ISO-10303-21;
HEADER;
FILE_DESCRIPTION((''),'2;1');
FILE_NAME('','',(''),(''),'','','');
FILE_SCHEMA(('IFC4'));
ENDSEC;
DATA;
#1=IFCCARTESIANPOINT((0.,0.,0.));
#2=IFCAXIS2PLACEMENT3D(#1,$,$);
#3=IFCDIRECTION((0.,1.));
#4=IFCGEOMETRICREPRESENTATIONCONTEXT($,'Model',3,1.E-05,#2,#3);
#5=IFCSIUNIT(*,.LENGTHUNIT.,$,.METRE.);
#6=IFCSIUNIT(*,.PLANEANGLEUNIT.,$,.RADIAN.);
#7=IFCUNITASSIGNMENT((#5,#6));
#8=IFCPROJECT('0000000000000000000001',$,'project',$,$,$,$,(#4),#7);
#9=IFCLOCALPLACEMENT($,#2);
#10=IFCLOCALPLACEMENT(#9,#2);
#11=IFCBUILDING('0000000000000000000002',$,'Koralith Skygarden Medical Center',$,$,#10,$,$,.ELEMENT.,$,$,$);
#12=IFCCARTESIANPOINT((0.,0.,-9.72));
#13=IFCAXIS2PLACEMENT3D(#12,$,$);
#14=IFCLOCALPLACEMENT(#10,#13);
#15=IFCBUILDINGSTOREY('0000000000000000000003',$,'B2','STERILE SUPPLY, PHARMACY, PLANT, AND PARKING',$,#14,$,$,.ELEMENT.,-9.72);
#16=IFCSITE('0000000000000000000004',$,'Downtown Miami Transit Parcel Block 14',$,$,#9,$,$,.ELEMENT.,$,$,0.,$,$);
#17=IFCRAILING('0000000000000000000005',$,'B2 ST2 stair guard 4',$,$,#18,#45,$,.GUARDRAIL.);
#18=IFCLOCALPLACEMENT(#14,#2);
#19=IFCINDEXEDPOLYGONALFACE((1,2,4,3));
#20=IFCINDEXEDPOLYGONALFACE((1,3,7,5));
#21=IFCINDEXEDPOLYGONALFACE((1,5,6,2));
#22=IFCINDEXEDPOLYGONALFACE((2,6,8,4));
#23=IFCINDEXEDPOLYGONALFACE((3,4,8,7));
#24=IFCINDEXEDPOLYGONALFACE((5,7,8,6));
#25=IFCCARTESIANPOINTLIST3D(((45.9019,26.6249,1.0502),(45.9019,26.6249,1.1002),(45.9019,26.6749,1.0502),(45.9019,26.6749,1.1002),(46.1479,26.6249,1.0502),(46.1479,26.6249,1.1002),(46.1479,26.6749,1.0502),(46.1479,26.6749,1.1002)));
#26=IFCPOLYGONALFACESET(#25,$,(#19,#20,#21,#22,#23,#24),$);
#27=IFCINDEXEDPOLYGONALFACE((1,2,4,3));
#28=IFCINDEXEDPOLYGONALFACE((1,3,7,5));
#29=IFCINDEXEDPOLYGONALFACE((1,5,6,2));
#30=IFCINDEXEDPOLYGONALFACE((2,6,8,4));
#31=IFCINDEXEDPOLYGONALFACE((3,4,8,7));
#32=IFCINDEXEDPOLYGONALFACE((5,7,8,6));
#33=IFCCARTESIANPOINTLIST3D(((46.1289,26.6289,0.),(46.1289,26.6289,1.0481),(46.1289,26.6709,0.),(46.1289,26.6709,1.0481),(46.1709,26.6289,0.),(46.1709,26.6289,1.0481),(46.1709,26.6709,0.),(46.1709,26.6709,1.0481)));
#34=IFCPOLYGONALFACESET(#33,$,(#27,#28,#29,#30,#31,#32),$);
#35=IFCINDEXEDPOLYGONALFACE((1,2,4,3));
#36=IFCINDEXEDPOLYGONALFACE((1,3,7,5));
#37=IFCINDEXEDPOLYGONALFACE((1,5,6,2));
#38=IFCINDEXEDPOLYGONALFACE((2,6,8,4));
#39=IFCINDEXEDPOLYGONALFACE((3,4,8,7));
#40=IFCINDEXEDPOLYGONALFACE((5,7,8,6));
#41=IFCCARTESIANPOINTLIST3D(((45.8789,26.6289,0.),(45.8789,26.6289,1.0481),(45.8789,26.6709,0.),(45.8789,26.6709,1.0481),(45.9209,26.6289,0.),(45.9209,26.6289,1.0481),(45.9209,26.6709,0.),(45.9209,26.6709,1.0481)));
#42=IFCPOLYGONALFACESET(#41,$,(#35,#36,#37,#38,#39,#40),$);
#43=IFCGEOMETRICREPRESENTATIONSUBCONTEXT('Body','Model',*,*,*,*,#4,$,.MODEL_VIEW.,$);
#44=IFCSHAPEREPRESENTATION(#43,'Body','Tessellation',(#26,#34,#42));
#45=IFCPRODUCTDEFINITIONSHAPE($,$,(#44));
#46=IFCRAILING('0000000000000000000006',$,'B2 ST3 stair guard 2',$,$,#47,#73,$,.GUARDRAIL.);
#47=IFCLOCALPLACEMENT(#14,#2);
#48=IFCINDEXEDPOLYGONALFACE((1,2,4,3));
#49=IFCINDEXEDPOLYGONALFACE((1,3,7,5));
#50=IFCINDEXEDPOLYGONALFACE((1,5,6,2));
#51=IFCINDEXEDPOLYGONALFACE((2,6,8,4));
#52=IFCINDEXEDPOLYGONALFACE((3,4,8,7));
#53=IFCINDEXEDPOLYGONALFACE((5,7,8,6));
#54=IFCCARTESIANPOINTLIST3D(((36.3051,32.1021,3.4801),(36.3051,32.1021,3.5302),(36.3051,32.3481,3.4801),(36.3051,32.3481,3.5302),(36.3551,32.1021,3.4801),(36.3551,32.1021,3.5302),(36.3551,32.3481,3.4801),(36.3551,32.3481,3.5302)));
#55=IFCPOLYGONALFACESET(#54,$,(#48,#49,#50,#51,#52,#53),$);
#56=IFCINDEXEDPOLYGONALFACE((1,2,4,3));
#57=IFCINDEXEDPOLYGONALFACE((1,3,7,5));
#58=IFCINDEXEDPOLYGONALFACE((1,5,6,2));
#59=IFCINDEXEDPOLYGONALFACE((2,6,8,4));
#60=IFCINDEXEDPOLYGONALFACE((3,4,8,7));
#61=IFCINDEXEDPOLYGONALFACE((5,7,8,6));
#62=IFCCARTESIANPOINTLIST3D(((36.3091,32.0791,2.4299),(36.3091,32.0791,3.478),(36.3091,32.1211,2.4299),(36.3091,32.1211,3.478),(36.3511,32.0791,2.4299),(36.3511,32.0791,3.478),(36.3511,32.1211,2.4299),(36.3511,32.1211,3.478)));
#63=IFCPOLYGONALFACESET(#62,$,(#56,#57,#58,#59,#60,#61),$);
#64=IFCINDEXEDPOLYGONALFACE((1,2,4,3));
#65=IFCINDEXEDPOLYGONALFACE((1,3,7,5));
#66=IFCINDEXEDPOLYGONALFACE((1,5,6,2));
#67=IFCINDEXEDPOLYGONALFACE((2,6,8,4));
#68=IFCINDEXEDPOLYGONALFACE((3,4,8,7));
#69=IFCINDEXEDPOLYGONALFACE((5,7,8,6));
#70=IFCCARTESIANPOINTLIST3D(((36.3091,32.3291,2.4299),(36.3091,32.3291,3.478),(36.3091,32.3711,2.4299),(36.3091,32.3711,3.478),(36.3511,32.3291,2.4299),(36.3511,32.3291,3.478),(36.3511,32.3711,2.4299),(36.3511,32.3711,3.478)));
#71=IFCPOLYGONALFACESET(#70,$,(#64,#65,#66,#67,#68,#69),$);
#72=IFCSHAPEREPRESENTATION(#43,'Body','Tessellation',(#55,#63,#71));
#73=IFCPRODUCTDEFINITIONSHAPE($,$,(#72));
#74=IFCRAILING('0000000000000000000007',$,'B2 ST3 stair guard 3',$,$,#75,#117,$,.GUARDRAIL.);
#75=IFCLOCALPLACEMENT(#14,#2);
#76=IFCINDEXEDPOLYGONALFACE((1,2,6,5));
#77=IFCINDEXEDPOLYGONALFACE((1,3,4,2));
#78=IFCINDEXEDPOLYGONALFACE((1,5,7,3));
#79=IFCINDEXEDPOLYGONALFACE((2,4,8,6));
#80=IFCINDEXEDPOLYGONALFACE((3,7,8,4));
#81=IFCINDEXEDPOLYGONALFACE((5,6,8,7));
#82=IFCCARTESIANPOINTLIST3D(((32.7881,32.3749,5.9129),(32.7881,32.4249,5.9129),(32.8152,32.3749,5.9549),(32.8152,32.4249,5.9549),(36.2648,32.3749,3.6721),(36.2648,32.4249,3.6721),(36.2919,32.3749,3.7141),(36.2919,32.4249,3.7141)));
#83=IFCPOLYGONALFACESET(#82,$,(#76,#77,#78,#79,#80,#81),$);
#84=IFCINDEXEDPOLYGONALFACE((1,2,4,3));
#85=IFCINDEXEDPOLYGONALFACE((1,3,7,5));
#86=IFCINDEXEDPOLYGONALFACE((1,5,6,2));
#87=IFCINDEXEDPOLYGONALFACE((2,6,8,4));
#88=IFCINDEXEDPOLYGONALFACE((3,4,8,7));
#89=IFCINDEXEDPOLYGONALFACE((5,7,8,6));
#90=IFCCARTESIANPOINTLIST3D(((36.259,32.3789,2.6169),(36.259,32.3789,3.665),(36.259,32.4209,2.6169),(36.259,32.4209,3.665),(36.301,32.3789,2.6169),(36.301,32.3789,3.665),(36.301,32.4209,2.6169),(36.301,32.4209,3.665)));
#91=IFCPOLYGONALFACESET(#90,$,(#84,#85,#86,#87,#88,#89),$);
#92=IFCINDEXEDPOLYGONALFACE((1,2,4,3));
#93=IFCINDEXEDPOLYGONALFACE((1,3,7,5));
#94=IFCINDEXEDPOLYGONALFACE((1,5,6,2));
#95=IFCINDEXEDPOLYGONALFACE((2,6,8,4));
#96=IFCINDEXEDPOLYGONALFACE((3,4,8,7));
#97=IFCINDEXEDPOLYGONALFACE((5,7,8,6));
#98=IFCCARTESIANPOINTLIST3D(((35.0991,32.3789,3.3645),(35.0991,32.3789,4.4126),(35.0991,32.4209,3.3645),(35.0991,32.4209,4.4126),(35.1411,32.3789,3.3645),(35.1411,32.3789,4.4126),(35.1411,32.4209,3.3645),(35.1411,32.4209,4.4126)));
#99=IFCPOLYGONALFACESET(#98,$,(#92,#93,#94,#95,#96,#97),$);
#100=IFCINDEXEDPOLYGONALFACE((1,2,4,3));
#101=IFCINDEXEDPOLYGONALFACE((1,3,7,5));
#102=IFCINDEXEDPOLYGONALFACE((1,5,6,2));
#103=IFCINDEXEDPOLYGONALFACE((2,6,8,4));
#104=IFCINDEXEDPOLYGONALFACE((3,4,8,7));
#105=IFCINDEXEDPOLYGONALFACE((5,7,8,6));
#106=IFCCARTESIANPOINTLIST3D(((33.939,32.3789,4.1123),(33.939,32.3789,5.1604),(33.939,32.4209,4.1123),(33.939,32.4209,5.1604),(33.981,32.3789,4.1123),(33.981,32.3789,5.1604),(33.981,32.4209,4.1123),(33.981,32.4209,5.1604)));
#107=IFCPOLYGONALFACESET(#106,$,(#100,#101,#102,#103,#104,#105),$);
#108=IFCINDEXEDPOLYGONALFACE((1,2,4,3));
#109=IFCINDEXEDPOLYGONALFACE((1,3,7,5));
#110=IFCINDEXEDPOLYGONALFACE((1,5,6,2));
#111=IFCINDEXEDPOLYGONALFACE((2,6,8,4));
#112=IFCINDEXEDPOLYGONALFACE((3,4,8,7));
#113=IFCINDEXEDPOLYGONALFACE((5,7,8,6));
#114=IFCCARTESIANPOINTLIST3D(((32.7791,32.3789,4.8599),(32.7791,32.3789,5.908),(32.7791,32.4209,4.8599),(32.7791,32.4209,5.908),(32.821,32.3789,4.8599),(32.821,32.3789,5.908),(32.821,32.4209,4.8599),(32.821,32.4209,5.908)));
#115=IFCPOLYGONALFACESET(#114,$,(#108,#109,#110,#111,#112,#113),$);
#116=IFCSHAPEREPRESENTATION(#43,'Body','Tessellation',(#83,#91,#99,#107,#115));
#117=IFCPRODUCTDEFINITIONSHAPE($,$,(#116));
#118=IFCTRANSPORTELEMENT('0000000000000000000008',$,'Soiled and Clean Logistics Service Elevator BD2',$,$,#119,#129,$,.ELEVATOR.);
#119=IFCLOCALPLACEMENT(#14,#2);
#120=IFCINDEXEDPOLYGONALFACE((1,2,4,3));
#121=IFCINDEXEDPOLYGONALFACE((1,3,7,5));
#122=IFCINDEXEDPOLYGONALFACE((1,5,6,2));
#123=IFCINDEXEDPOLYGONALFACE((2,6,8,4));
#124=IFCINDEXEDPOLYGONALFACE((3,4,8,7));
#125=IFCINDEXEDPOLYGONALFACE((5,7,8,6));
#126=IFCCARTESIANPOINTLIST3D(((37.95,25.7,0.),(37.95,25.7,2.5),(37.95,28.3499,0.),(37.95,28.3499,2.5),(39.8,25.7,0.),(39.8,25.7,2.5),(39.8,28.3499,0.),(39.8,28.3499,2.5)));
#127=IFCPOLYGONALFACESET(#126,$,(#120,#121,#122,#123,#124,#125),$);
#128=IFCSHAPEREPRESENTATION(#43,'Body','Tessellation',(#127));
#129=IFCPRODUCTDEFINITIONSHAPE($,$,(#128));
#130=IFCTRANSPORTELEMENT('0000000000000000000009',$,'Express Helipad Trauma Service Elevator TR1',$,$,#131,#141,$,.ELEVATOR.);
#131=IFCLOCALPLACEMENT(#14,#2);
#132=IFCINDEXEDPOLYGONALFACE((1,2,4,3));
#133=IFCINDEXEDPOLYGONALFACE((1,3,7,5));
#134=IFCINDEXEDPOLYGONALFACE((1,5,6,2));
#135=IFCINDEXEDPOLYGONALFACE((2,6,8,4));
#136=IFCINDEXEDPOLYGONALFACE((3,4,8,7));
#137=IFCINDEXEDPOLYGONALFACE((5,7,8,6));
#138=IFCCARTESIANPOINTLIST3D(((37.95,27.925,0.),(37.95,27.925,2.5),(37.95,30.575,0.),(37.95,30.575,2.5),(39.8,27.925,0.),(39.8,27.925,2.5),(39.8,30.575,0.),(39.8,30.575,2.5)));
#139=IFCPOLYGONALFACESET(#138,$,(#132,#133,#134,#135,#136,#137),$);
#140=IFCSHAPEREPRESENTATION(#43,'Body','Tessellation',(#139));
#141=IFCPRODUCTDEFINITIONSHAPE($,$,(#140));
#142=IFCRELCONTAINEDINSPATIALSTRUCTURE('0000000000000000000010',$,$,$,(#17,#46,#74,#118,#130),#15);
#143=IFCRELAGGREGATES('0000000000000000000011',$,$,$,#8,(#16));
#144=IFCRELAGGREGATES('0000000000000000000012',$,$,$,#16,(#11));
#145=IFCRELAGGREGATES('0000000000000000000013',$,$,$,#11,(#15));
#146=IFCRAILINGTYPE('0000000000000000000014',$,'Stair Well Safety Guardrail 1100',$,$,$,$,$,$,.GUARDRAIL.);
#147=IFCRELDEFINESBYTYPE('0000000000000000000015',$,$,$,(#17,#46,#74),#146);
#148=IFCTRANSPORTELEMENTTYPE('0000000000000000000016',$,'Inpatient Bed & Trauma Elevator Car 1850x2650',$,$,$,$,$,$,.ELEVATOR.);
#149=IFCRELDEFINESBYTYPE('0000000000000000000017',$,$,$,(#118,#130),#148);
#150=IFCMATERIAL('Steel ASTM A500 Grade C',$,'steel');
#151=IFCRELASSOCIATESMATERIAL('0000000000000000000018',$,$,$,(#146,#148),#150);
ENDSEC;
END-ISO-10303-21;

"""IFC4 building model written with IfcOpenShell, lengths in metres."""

from ifc_helpers import new_model, si_unit, direction, frame, origin, origin_2d, place, context, subcontext, project, spatial, rectangle, extrude, material, type_object, element, save


model = new_model("IFC4")

# Units and contexts
model_context = context("Model", 3, precision=1e-05, world=origin(), true_north=direction((0.0, 1.0)))
body_context = subcontext(model_context, "Body", "Model", "MODEL_VIEW")
ifc_project = project(units=[si_unit("LENGTHUNIT", "METRE"), si_unit("PLANEANGLEUNIT", "RADIAN")], contexts=[model_context])

# Site, building, storey
site_placement = place(None, origin())
site = spatial("IfcSite", under=ifc_project, at=site_placement, Name="Downtown Miami Transit Parcel Block 14", CompositionType="ELEMENT", RefElevation=0.0)
building_placement = place(site_placement, origin())
building = spatial("IfcBuilding", under=site, at=building_placement, Name="Koralith Skygarden Medical Center", CompositionType="ELEMENT")
storey_placement = place(building_placement, frame((0.0, 0.0, -9.72)))
storey = spatial("IfcBuildingStorey", under=building, at=storey_placement, Name="B2", Description="STERILE SUPPLY, PHARMACY, PLANT, AND PARKING", CompositionType="ELEMENT", Elevation=-9.72)

# Railings
ifc_material_1 = material(Name="Steel ASTM A500 Grade C", Category="steel")
railing_type_1 = type_object("IfcRailingType", Name="Stair Well Safety Guardrail 1100", PredefinedType="GUARDRAIL", material=ifc_material_1)
railing_1_placement = place(storey_placement, frame((46.1499, 26.6499, 0.0)))
element("IfcRailing", 1, at=railing_1_placement, inside=storey, type_object=railing_type_1, Name="B2 ST2 stair guard 4", PredefinedType="GUARDRAIL", context=body_context, shape_type="SweptSolid", body=[
    extrude(rectangle(XDim=0.05, YDim=0.05, at=origin_2d()), frame((-0.002, 0.0, 1.0752), z_axis=(-1.0, 0.0, 0.0), x_axis=(0.0, -1.0, 0.0)), (0.0, 0.0, 1.0), 0.2461),
    extrude(rectangle(XDim=0.042, YDim=0.042, at=origin_2d()), origin(), (0.0, 0.0, 1.0), 1.0481),
    extrude(rectangle(XDim=0.042, YDim=0.042, at=origin_2d()), frame((-0.25, 0.0, 0.0)), (0.0, 0.0, 1.0), 1.0481),
])
railing_2_placement = place(storey_placement, frame((36.3301, 32.1001, 2.4299)))
element("IfcRailing", 2, at=railing_2_placement, inside=storey, type_object=railing_type_1, Name="B2 ST3 stair guard 2", PredefinedType="GUARDRAIL", context=body_context, shape_type="SweptSolid", body=[
    extrude(rectangle(XDim=0.05, YDim=0.05, at=origin_2d()), frame((0.0, 0.002, 1.0752), z_axis=(0.0, 1.0, 0.0), x_axis=(-1.0, 0.0, 0.0)), (0.0, 0.0, 1.0), 0.2461),
    extrude(rectangle(XDim=0.042, YDim=0.042, at=origin_2d()), origin(), (0.0, 0.0, 1.0), 1.0481),
    extrude(rectangle(XDim=0.042, YDim=0.042, at=origin_2d()), frame((0.0, 0.25, 0.0)), (0.0, 0.0, 1.0), 1.0481),
])
railing_3_placement = place(storey_placement, frame((36.28, 32.3999, 2.6169)))
element("IfcRailing", 3, at=railing_3_placement, inside=storey, type_object=railing_type_1, Name="B2 ST3 stair guard 3", PredefinedType="GUARDRAIL", context=body_context, shape_type="SweptSolid", body=[
    extrude(rectangle(XDim=0.05, YDim=0.05, at=origin_2d()), frame((-0.0017, 0.0, 1.0762), z_axis=(-0.840542, 0.0, 0.541747), x_axis=(0.0, -1.0, 0.0)), (0.0, 0.0, 1.0), 4.1362),
    extrude(rectangle(XDim=0.042, YDim=0.042, at=origin_2d()), origin(), (0.0, 0.0, 1.0), 1.0481),
    extrude(rectangle(XDim=0.042, YDim=0.042, at=origin_2d()), frame((-1.1599, 0.0, 0.7476)), (0.0, 0.0, 1.0), 1.0481),
    extrude(rectangle(XDim=0.042, YDim=0.042, at=origin_2d()), frame((-2.3201, 0.0, 1.4954)), (0.0, 0.0, 1.0), 1.0481),
    extrude(rectangle(XDim=0.042, YDim=0.042, at=origin_2d()), frame((-3.48, 0.0, 2.2429)), (0.0, 0.0, 1.0), 1.0481),
])

# Transport elements
transport_element_type = type_object("IfcTransportElementType", Name="Inpatient Bed & Trauma Elevator Car 1850x2650", PredefinedType="ELEVATOR", material=ifc_material_1)
for number, where, z_axis, x_axis, name in (
    (4, (38.875, 27.0249, 0.0), (0.0, 0.0, 1.0), (1.0, 0.0, 0.0), "Soiled and Clean Logistics Service Elevator BD2"),
    (5, (38.875, 29.25, 0.0), (0.0, 0.0, 1.0), (1.0, 0.0, 0.0), "Express Helipad Trauma Service Elevator TR1"),
):
    element("IfcTransportElement", number, at=place(storey_placement, frame(where, z_axis=z_axis, x_axis=x_axis)), inside=storey, type_object=transport_element_type, Name=name, PredefinedType="ELEVATOR", context=body_context, shape_type="SweptSolid", body=[
        extrude(rectangle(XDim=1.8501, YDim=2.6499, at=origin_2d()), origin(), (0.0, 0.0, 1.0), 2.5),
    ])

save(model, "model.ifc")
